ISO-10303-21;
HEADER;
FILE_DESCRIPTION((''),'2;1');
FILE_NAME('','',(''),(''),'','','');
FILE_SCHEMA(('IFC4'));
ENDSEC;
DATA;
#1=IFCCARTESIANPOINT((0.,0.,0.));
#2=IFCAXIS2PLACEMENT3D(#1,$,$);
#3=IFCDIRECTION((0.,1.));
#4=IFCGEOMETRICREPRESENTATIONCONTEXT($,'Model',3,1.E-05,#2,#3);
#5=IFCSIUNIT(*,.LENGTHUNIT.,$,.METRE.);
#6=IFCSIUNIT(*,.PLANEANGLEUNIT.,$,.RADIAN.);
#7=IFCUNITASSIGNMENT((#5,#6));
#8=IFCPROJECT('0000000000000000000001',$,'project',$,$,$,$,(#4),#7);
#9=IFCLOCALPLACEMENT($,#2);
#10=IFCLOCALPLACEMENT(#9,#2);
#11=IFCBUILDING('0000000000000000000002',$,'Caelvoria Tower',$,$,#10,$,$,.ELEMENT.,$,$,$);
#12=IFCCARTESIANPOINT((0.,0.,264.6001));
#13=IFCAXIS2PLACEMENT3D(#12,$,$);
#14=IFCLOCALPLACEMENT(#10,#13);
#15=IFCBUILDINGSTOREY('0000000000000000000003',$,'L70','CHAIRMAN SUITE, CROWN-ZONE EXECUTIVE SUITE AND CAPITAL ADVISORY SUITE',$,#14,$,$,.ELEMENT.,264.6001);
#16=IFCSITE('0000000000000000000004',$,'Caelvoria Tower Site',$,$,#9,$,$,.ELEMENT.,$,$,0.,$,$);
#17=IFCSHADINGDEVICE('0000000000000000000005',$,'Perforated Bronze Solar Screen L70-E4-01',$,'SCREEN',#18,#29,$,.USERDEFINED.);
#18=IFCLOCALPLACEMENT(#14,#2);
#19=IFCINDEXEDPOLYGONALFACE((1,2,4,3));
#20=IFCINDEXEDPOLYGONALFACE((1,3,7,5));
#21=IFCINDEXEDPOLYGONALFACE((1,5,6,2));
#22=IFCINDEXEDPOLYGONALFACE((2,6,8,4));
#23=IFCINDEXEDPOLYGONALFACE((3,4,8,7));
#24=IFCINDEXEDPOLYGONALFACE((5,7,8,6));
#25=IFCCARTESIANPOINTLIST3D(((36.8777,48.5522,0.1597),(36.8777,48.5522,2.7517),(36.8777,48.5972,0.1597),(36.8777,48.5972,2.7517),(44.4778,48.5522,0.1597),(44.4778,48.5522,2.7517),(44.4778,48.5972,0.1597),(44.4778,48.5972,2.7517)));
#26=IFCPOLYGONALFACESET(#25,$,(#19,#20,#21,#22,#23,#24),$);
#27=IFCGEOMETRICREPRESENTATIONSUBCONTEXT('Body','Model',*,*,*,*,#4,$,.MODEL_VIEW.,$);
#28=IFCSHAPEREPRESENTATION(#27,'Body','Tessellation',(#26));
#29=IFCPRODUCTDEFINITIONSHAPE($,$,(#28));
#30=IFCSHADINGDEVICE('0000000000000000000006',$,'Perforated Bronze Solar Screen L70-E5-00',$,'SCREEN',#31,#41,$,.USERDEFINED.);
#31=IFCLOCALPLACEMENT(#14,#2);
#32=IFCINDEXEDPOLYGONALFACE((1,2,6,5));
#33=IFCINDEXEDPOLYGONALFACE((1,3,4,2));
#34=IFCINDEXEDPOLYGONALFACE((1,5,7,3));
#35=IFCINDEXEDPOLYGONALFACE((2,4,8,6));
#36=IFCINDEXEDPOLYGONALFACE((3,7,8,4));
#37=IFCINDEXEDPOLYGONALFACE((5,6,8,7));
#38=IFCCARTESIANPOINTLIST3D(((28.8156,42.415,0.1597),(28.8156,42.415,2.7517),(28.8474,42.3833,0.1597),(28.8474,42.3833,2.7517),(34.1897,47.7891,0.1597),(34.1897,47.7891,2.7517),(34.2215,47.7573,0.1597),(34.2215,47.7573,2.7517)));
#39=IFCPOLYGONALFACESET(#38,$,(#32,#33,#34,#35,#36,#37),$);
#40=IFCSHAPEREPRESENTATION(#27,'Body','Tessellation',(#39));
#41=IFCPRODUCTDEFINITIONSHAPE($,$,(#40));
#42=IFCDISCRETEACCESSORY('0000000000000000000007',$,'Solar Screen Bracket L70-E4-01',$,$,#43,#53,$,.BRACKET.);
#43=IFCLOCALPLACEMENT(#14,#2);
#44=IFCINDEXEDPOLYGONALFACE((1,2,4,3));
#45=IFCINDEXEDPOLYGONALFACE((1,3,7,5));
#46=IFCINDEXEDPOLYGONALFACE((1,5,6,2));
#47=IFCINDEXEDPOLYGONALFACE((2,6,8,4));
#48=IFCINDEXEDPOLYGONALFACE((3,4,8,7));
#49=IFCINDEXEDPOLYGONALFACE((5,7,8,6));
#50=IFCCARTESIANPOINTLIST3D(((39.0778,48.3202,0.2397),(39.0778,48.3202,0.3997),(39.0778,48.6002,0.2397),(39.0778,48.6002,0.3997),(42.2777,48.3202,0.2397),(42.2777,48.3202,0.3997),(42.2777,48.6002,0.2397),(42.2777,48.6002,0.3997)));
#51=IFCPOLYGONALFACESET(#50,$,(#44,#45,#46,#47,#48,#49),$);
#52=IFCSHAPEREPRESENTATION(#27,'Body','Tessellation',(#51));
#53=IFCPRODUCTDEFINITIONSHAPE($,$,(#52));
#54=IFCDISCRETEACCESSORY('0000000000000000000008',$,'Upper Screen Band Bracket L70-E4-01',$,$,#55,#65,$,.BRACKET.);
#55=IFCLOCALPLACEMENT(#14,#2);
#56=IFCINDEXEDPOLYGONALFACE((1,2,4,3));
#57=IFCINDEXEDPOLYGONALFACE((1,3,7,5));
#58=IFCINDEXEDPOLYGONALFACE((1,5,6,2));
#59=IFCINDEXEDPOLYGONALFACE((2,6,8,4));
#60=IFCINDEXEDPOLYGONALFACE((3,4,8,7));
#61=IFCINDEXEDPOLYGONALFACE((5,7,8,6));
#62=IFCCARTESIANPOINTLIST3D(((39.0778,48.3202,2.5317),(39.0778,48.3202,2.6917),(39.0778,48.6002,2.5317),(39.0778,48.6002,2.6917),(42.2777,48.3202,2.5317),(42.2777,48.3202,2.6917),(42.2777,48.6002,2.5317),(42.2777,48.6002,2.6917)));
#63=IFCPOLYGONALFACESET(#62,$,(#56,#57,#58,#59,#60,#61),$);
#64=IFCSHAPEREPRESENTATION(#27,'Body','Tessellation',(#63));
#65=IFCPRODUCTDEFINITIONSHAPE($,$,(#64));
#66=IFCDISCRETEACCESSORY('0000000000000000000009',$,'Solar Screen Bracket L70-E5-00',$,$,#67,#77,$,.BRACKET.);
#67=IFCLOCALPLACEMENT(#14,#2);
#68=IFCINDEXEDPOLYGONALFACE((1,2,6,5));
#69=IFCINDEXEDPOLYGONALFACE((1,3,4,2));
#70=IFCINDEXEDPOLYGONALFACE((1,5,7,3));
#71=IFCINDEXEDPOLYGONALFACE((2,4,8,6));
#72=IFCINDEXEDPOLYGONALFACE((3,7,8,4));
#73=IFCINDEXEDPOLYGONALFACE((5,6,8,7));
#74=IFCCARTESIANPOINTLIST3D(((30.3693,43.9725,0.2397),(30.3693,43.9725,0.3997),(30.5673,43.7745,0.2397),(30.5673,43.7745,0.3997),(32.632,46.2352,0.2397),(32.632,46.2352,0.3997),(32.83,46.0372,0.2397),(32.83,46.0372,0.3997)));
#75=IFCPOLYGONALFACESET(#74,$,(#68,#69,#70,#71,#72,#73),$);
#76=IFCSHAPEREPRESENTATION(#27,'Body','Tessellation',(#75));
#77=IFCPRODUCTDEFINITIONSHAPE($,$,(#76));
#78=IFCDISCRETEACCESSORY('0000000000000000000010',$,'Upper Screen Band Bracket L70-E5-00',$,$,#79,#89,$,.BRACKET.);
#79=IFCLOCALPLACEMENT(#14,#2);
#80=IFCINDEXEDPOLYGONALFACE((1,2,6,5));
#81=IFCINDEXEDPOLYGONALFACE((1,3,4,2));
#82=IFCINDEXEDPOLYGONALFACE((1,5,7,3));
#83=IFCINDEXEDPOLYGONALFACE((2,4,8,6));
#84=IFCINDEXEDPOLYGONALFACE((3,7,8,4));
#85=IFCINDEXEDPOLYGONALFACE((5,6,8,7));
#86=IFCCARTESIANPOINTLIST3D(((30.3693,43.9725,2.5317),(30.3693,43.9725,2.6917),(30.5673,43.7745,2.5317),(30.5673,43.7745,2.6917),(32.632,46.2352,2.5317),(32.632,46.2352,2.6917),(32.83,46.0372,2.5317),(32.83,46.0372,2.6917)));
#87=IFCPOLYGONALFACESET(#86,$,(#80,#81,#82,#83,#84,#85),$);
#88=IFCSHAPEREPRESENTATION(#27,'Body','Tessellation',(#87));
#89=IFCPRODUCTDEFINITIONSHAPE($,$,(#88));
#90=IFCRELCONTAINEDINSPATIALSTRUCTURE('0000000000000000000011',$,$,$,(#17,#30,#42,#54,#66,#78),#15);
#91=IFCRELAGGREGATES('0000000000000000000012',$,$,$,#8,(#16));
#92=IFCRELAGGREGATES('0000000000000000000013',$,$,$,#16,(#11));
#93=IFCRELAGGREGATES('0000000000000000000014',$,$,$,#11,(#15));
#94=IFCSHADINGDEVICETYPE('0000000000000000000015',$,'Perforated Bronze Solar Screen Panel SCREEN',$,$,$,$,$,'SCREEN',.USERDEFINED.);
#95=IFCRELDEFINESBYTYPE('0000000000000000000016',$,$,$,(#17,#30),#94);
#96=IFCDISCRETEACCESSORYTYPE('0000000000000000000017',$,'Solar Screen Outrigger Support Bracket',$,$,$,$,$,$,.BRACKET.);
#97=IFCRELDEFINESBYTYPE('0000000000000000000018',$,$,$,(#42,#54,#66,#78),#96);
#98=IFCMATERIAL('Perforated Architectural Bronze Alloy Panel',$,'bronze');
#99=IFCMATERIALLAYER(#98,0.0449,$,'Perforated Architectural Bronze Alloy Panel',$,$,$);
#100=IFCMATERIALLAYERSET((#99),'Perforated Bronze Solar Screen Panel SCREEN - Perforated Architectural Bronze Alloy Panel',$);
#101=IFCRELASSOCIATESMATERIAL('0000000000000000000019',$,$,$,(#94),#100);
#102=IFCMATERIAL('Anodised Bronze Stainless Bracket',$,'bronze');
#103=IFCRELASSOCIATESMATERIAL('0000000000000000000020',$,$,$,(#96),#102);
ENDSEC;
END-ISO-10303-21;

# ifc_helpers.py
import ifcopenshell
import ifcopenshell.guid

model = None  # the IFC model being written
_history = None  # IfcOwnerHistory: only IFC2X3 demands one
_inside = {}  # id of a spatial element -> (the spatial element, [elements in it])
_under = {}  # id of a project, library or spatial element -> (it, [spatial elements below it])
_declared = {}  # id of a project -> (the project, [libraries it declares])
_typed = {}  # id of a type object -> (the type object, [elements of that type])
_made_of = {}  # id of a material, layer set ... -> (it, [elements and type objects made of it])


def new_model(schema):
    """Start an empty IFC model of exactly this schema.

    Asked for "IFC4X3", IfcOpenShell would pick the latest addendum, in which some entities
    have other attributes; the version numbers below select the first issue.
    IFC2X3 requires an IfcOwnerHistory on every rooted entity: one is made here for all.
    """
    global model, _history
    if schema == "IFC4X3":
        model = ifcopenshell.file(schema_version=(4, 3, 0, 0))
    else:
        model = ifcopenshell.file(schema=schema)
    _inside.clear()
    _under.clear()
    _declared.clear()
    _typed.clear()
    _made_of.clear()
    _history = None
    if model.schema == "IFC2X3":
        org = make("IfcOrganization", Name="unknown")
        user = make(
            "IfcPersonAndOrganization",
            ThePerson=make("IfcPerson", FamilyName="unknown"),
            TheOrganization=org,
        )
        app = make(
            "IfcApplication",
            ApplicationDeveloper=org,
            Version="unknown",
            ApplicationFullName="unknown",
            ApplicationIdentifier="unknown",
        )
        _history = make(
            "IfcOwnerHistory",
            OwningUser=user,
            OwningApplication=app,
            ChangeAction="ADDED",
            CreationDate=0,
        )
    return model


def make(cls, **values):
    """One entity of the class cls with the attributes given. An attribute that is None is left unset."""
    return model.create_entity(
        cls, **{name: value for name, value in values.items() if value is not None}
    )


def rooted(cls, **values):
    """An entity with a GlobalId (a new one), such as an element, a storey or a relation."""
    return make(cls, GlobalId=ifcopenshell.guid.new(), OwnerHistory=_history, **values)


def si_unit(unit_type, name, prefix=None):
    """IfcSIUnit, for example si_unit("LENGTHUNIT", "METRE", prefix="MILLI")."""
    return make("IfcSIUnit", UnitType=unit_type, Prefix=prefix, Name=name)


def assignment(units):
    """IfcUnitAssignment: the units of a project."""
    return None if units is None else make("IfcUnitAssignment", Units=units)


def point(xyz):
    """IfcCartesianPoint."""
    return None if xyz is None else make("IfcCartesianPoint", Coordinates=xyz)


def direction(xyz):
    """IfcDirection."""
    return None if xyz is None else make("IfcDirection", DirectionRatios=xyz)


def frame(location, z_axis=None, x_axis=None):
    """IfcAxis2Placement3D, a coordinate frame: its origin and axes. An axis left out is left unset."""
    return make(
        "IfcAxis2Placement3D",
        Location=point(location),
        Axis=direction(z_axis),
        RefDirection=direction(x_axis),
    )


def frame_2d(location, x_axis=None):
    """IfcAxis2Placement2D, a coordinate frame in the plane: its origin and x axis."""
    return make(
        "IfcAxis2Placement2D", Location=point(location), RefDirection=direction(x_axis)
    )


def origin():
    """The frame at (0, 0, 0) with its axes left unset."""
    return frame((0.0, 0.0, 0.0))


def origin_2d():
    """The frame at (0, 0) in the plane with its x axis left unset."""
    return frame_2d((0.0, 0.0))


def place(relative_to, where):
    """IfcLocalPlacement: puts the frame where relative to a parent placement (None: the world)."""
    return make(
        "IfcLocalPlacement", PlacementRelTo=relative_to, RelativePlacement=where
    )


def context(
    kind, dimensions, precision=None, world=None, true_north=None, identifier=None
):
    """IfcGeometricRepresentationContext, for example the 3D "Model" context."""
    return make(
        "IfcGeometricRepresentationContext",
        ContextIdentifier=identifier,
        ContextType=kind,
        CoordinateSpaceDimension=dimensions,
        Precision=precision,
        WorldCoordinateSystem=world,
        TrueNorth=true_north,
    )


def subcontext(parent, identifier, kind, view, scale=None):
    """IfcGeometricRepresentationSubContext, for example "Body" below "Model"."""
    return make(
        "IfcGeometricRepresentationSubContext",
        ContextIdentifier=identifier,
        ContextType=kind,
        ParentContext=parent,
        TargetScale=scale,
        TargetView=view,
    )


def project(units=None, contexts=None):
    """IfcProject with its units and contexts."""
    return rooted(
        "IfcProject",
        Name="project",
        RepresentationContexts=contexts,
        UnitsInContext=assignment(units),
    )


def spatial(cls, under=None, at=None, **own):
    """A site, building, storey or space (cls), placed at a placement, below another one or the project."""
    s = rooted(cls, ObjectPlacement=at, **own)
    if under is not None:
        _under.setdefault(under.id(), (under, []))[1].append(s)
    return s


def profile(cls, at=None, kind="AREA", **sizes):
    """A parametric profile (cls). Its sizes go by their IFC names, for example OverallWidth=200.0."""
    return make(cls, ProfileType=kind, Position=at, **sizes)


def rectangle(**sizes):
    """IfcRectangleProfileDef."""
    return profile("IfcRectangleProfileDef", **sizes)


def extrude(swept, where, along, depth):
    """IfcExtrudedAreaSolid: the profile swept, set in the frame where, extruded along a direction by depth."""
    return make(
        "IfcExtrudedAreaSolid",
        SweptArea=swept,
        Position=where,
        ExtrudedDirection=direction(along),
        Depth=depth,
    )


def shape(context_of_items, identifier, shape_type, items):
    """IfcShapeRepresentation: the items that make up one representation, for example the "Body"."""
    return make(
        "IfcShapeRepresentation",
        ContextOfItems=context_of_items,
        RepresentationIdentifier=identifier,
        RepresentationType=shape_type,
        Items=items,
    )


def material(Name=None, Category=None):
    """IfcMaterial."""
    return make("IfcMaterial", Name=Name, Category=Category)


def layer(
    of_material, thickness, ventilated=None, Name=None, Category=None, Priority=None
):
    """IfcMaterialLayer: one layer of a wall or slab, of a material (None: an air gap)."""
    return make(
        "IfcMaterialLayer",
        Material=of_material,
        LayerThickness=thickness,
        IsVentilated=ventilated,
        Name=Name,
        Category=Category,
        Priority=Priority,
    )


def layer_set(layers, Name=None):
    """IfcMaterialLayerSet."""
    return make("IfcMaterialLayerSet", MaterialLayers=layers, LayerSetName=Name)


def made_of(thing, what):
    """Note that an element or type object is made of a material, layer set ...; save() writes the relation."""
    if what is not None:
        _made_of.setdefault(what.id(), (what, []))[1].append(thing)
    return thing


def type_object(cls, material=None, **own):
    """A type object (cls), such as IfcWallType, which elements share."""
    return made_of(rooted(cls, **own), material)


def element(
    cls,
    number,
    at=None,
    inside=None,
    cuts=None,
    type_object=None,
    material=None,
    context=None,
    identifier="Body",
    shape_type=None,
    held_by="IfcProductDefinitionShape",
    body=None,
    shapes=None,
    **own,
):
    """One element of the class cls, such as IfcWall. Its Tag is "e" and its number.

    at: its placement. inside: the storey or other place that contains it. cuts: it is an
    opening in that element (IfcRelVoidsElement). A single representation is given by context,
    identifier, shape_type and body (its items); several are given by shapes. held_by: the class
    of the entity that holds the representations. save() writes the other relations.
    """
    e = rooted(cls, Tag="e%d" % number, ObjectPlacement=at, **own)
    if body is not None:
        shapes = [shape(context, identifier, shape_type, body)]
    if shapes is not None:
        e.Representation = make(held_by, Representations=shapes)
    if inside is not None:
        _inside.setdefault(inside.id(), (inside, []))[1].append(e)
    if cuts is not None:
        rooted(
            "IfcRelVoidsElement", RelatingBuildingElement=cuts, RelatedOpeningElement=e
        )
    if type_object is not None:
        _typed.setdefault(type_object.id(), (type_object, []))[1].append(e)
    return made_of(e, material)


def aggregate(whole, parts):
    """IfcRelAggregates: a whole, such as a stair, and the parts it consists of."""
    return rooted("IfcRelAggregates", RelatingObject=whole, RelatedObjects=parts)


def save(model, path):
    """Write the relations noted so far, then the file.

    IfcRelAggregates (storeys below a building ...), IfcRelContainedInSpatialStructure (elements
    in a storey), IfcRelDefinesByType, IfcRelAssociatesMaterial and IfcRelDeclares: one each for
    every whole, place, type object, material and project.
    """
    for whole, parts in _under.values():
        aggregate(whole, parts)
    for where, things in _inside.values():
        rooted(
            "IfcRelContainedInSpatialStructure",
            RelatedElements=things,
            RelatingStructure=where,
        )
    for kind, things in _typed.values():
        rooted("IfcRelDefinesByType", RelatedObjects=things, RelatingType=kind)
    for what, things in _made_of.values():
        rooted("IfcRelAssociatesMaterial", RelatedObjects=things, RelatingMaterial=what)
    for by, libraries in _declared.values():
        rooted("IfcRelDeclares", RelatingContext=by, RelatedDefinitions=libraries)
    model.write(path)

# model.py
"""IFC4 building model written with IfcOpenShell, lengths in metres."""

from ifc_helpers import new_model, si_unit, direction, frame, origin, origin_2d, place, context, subcontext, project, spatial, rectangle, extrude, material, layer, layer_set, type_object, element, save


model = new_model("IFC4")

# Units and contexts
model_context = context("Model", 3, precision=1e-05, world=origin(), true_north=direction((0.0, 1.0)))
body_context = subcontext(model_context, "Body", "Model", "MODEL_VIEW")
ifc_project = project(units=[si_unit("LENGTHUNIT", "METRE"), si_unit("PLANEANGLEUNIT", "RADIAN")], contexts=[model_context])

# Site, building, storey
site_placement = place(None, origin())
site = spatial("IfcSite", under=ifc_project, at=site_placement, Name="Caelvoria Tower Site", CompositionType="ELEMENT", RefElevation=0.0)
building_placement = place(site_placement, origin())
building = spatial("IfcBuilding", under=site, at=building_placement, Name="Caelvoria Tower", CompositionType="ELEMENT")
storey_placement = place(building_placement, frame((0.0, 0.0, 264.6001)))
storey = spatial("IfcBuildingStorey", under=building, at=storey_placement, Name="L70", Description="CHAIRMAN SUITE, CROWN-ZONE EXECUTIVE SUITE AND CAPITAL ADVISORY SUITE", CompositionType="ELEMENT", Elevation=264.6001)

# Shading devices
ifc_material_1 = material(Name="Perforated Architectural Bronze Alloy Panel", Category="bronze")
ifc_layer_1 = layer(ifc_material_1, 0.0449, Name="Perforated Architectural Bronze Alloy Panel")
ifc_layer_set_1 = layer_set([ifc_layer_1], Name="Perforated Bronze Solar Screen Panel SCREEN - Perforated Architectural Bronze Alloy Panel")
shading_device_type = type_object("IfcShadingDeviceType", Name="Perforated Bronze Solar Screen Panel SCREEN", ElementType="SCREEN", PredefinedType="USERDEFINED", material=ifc_layer_set_1)
for number, where, z_axis, x_axis, name in (
    (1, (40.6777, 48.5747, 0.1597), (0.0, 0.0, 1.0), (-1.0, 0.0, 0.0), "Perforated Bronze Solar Screen L70-E4-01"),
    (2, (31.5186, 45.0862, 0.1597), (0.0, 0.0, 1.0), (-0.707107, -0.707107, 0.0), "Perforated Bronze Solar Screen L70-E5-00"),
):
    element("IfcShadingDevice", number, at=place(storey_placement, frame(where, z_axis=z_axis, x_axis=x_axis)), inside=storey, type_object=shading_device_type, Name=name, ObjectType="SCREEN", PredefinedType="USERDEFINED", context=body_context, shape_type="SweptSolid", body=[
        extrude(rectangle(XDim=7.6001, YDim=0.0449, at=origin_2d()), origin(), (0.0, 0.0, 1.0), 2.592),
    ])

# Discrete accessories
ifc_material_2 = material(Name="Anodised Bronze Stainless Bracket", Category="bronze")
discrete_accessory_type = type_object("IfcDiscreteAccessoryType", Name="Solar Screen Outrigger Support Bracket", PredefinedType="BRACKET", material=ifc_material_2)
for number, where, z_axis, x_axis, name in (
    (3, (40.6777, 48.4602, 0.2397), (0.0, 0.0, 1.0), (-1.0, 0.0, 0.0), "Solar Screen Bracket L70-E4-01"),
    (4, (40.6777, 48.4602, 2.5317), (0.0, 0.0, 1.0), (-1.0, 0.0, 0.0), "Upper Screen Band Bracket L70-E4-01"),
    (5, (31.5996, 45.0049, 0.2397), (0.0, 0.0, 1.0), (-0.707107, -0.707107, 0.0), "Solar Screen Bracket L70-E5-00"),
    (6, (31.5996, 45.0049, 2.5317), (0.0, 0.0, 1.0), (-0.707107, -0.707107, 0.0), "Upper Screen Band Bracket L70-E5-00"),
):
    element("IfcDiscreteAccessory", number, at=place(storey_placement, frame(where, z_axis=z_axis, x_axis=x_axis)), inside=storey, type_object=discrete_accessory_type, Name=name, PredefinedType="BRACKET", context=body_context, shape_type="SweptSolid", body=[
        extrude(rectangle(XDim=3.2, YDim=0.28, at=origin_2d()), origin(), (0.0, 0.0, 1.0), 0.1599),
    ])

save(model, "model.ifc")
